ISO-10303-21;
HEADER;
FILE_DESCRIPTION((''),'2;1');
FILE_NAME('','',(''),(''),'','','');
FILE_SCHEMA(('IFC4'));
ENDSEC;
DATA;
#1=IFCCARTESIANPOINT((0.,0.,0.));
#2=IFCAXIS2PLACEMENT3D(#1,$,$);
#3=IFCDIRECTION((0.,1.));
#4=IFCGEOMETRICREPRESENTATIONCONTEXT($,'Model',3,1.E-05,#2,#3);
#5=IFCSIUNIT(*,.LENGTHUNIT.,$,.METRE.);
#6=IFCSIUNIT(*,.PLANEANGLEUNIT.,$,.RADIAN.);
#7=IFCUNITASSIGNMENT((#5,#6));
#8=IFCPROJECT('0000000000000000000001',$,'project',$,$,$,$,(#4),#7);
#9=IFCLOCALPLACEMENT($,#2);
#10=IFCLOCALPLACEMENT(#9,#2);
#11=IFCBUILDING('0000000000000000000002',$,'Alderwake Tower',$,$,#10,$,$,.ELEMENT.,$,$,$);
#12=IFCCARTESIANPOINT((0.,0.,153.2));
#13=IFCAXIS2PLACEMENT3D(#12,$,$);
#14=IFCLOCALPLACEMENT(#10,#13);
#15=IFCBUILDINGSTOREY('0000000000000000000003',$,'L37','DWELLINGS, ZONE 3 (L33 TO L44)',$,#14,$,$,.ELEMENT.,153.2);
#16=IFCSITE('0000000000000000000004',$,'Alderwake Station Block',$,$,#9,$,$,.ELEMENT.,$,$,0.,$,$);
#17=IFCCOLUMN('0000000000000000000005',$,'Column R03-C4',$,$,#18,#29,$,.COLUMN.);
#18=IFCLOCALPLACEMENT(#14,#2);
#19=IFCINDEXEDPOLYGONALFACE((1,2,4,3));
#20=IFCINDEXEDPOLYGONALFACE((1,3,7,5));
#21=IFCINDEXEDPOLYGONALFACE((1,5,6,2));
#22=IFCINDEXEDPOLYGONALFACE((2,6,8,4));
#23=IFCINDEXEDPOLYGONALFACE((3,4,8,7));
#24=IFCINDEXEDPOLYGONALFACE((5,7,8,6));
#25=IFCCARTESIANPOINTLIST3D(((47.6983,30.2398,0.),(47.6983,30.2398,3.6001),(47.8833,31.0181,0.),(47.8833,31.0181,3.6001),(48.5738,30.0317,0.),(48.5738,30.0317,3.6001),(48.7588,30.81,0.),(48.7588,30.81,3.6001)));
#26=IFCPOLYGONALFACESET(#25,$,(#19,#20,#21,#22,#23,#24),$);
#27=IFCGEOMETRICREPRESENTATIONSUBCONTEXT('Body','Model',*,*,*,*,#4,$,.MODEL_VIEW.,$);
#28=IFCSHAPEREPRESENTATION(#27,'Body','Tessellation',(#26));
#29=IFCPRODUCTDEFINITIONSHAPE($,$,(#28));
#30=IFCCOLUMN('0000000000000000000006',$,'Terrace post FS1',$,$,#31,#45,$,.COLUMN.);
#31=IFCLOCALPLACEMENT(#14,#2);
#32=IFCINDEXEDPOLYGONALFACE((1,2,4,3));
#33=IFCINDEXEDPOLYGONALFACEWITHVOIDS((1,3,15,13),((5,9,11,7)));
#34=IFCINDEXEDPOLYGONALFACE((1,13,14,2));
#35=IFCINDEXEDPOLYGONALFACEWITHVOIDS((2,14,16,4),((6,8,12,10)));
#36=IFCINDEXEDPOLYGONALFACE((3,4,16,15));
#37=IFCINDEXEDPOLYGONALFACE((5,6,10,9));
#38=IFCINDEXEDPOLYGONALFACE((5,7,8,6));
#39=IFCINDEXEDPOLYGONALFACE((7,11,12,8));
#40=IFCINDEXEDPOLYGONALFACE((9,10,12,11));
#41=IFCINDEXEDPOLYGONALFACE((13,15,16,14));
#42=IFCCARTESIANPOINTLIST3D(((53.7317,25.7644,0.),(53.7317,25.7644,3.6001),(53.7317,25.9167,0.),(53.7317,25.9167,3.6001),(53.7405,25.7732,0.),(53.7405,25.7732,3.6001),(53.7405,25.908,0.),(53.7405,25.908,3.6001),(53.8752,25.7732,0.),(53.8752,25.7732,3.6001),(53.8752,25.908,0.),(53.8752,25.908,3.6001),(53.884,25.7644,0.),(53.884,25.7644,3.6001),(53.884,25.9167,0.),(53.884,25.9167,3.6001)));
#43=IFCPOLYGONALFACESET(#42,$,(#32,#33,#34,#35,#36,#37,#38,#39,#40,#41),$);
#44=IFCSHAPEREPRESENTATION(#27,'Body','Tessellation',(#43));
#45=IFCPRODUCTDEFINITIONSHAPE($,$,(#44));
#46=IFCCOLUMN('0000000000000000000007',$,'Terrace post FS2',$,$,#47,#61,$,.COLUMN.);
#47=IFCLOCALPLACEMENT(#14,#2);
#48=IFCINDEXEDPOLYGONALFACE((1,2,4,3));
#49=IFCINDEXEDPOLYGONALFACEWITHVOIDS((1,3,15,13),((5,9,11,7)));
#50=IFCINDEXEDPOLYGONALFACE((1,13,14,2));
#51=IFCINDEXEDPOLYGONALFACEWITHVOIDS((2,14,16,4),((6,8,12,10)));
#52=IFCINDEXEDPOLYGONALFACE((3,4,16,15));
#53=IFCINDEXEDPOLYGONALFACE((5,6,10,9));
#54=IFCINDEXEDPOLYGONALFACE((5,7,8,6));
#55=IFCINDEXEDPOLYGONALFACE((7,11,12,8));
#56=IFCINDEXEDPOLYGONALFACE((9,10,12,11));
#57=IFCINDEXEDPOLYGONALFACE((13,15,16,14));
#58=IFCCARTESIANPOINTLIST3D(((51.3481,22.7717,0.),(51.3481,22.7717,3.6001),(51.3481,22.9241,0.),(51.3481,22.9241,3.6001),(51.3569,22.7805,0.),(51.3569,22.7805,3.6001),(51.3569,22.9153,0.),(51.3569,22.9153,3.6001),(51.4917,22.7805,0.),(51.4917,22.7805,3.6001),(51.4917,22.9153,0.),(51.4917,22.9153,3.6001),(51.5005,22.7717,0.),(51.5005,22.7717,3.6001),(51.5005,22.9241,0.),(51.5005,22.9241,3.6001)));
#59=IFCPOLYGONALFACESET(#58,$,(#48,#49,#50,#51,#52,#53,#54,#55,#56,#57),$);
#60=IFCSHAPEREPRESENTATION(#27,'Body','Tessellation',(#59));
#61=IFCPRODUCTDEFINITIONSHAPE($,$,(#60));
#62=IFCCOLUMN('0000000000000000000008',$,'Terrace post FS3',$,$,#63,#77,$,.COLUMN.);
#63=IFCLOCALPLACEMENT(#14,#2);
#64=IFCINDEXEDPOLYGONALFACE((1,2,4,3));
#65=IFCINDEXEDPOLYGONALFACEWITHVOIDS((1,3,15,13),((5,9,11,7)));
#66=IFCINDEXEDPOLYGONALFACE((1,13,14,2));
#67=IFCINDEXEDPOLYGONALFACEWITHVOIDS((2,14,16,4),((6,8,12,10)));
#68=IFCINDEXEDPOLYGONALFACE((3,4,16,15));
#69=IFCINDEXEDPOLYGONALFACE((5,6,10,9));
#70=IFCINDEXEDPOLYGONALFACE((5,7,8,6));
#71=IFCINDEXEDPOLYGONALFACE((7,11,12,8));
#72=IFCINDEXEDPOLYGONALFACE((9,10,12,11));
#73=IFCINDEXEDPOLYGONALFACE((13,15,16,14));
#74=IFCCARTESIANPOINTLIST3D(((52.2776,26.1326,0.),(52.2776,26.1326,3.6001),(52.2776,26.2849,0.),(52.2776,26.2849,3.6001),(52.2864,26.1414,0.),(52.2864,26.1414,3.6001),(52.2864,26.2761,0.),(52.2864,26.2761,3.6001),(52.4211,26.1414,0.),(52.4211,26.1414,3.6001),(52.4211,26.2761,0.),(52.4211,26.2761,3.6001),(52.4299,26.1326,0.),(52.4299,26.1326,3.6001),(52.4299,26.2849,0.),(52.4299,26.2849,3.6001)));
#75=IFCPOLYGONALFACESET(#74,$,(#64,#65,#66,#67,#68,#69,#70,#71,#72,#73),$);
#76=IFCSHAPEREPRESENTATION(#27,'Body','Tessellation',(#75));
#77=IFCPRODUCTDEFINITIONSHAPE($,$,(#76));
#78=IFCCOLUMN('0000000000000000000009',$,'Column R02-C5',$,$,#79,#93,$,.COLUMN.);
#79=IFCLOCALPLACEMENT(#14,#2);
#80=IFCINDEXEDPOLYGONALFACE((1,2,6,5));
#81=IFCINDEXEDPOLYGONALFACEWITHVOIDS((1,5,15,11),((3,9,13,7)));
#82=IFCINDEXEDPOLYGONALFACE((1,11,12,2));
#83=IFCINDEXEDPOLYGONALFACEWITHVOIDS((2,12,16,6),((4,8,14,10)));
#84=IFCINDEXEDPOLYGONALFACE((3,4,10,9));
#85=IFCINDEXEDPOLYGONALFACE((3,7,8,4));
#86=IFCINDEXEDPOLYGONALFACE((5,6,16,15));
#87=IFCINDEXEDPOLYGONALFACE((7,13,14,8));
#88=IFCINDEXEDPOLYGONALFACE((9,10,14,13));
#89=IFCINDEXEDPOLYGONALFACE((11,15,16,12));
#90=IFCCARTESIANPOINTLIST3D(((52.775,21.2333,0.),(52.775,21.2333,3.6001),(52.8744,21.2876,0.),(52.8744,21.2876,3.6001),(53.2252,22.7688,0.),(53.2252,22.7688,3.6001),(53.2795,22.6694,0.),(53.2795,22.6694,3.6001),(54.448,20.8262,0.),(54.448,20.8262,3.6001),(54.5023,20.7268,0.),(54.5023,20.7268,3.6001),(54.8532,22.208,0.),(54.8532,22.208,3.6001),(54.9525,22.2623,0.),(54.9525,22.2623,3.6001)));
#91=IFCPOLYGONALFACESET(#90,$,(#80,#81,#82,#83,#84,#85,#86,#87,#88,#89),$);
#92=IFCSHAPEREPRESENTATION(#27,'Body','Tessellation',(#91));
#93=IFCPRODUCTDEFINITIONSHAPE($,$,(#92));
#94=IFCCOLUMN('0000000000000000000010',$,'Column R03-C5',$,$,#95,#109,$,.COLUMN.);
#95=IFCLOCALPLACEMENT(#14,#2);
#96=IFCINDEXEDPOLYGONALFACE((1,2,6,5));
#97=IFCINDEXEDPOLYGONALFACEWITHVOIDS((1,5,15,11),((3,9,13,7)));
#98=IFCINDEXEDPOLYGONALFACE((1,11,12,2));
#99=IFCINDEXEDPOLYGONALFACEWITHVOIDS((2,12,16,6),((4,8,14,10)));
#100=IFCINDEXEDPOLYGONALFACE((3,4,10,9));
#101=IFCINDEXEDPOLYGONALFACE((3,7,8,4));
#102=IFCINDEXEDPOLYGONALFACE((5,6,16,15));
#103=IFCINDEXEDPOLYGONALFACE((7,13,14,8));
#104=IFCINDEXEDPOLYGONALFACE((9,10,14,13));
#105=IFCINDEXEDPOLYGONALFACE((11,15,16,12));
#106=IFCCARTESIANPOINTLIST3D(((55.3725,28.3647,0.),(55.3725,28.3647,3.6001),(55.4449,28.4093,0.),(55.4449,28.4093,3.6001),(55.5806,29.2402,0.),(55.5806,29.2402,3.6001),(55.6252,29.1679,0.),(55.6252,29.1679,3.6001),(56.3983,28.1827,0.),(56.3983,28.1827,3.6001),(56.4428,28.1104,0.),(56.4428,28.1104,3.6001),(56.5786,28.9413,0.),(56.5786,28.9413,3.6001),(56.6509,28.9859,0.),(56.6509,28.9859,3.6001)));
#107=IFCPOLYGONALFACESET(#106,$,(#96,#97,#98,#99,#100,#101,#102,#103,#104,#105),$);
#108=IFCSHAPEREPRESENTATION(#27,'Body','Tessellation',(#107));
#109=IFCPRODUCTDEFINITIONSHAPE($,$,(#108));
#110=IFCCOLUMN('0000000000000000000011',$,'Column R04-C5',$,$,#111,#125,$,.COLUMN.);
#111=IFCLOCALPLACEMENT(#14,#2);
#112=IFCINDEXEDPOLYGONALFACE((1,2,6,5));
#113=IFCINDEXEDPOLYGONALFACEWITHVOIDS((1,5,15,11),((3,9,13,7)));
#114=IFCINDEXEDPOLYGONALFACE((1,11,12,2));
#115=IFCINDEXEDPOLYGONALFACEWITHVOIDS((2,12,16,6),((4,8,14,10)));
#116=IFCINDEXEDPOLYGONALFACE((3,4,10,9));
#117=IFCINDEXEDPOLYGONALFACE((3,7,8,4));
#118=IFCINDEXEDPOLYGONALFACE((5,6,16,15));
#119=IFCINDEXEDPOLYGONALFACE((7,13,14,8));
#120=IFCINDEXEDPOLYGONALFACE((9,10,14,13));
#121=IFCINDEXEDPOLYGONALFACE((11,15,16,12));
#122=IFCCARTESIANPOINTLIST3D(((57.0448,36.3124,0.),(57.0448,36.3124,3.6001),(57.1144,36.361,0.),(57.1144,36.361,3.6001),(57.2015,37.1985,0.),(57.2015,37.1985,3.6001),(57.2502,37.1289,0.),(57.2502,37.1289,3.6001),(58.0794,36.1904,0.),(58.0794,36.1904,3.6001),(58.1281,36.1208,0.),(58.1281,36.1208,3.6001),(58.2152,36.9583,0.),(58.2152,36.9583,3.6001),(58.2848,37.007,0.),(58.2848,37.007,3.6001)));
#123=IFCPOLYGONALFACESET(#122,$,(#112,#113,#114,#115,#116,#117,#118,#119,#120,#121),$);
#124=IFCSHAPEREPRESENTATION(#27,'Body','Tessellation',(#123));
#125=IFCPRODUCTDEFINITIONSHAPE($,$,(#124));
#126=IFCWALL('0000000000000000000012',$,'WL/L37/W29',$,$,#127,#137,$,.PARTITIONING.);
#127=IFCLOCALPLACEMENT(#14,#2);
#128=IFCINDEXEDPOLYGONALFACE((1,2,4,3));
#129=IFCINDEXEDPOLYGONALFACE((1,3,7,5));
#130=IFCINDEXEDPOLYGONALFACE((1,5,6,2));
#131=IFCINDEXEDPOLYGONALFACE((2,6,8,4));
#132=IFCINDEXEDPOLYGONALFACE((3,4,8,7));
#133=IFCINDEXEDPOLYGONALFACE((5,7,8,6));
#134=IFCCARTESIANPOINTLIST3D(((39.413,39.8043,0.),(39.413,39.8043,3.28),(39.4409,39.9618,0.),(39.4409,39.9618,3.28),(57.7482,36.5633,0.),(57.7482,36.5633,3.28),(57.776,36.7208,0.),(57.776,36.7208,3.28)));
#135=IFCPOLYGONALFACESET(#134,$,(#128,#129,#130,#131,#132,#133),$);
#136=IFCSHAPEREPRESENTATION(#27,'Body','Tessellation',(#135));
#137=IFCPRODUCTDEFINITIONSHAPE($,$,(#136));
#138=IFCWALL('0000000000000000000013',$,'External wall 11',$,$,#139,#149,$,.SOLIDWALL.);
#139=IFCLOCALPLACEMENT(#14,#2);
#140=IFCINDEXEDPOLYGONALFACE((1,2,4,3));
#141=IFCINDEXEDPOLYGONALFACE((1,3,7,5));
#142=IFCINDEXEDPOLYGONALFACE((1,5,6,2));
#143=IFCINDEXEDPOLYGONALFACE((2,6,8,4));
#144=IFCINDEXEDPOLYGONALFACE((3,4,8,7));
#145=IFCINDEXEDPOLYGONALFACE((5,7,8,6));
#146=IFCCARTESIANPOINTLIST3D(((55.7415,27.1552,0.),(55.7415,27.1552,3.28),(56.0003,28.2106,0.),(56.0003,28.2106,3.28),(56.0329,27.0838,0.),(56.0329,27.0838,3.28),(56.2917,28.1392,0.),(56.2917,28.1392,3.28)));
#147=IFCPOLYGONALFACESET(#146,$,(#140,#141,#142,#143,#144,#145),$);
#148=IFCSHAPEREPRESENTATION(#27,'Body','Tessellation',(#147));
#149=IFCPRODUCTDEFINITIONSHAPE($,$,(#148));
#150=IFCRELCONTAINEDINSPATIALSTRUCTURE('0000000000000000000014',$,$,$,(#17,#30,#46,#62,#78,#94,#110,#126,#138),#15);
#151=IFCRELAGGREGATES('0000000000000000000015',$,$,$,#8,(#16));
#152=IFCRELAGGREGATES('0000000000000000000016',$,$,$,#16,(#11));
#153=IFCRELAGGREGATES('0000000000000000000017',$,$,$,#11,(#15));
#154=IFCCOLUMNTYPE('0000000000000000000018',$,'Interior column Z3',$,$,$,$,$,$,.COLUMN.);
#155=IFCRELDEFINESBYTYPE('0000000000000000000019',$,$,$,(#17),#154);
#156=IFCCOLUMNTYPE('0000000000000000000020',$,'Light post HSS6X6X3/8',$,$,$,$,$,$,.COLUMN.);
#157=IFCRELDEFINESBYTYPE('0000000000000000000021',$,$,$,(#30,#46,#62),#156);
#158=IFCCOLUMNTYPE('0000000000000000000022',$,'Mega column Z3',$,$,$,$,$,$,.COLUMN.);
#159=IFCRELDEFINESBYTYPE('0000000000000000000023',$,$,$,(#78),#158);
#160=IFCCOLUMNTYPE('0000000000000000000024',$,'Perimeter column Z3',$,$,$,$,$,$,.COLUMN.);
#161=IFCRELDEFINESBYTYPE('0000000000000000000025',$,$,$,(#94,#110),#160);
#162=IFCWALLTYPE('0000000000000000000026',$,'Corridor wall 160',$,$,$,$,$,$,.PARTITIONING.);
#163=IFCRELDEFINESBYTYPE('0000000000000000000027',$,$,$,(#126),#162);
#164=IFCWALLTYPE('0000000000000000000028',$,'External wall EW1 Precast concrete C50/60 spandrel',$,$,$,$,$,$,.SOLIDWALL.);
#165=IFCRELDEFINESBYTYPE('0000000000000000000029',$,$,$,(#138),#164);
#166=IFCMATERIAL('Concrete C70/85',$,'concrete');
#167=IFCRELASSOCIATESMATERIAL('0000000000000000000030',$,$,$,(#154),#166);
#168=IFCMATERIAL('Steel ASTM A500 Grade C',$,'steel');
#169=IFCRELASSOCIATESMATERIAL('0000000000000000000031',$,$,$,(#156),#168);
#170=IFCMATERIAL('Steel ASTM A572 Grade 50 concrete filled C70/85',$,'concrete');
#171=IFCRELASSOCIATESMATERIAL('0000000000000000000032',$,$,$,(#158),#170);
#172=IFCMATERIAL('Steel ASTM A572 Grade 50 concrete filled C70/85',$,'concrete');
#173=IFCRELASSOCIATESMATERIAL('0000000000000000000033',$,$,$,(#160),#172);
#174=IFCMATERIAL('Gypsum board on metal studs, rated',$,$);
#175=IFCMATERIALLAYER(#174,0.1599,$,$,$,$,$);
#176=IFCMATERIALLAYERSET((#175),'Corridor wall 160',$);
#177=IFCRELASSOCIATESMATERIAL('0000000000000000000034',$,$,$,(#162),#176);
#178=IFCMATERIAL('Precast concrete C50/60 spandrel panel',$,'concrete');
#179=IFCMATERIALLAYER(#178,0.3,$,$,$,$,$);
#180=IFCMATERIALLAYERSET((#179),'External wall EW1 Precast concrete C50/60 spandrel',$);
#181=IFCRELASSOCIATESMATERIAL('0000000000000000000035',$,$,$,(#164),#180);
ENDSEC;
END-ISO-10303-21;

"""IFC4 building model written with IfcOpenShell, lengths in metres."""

from ifc_helpers import new_model, si_unit, direction, frame, frame_2d, origin, origin_2d, place, context, subcontext, project, spatial, rectangle, hollow_rectangle, extrude, material, layer, layer_set, material_profile, profile_set, type_object, element, save


model = new_model("IFC4")

# Units and contexts
model_context = context("Model", 3, precision=1e-05, world=origin(), true_north=direction((0.0, 1.0)))
body_context = subcontext(model_context, "Body", "Model", "MODEL_VIEW")
ifc_project = project(units=[si_unit("LENGTHUNIT", "METRE"), si_unit("PLANEANGLEUNIT", "RADIAN")], contexts=[model_context])

# Site, building, storey
site_placement = place(None, origin())
site = spatial("IfcSite", under=ifc_project, at=site_placement, Name="Alderwake Station Block", CompositionType="ELEMENT", RefElevation=0.0)
building_placement = place(site_placement, origin())
building = spatial("IfcBuilding", under=site, at=building_placement, Name="Alderwake Tower", CompositionType="ELEMENT")
storey_placement = place(building_placement, frame((0.0, 0.0, 153.2)))
storey = spatial("IfcBuildingStorey", under=building, at=storey_placement, Name="L37", Description="DWELLINGS, ZONE 3 (L33 TO L44)", CompositionType="ELEMENT", Elevation=153.2)

# Columns
ifc_material_1 = material(Name="Concrete C70/85", Category="concrete")
ifc_material_profile_1 = material_profile(ifc_material_1, rectangle(XDim=0.8, YDim=0.8999, at=origin_2d()), Name="RC 900X800")
ifc_profile_set_1 = profile_set([ifc_material_profile_1], Name="Concrete C70/85")
column_type_1 = type_object("IfcColumnType", Name="Interior column Z3", PredefinedType="COLUMN", material=ifc_profile_set_1)
column_1_placement = place(storey_placement, frame((48.2285, 30.5249, 0.0), z_axis=(0.0, 0.0, 1.0), x_axis=(0.231222, 0.972901, 0.0)))
element("IfcColumn", 1, at=column_1_placement, inside=storey, type_object=column_type_1, Name="Column R03-C4", PredefinedType="COLUMN", context=body_context, shape_type="SweptSolid", body=[
    extrude(rectangle(XDim=0.8, YDim=0.8999, at=origin_2d()), origin(), (0.0, 0.0, 1.0), 3.6001),
])
ifc_material_2 = material(Name="Steel ASTM A500 Grade C", Category="steel")
ifc_material_profile_2 = material_profile(ifc_material_2, hollow_rectangle(XDim=0.1523, YDim=0.1523, WallThickness=0.0088, at=origin_2d()), Name="HSS6X6X3/8")
ifc_profile_set_2 = profile_set([ifc_material_profile_2], Name="Steel ASTM A500 Grade C")
column_type_2 = type_object("IfcColumnType", Name="Light post HSS6X6X3/8", PredefinedType="COLUMN", material=ifc_profile_set_2)
for number, where, z_axis, x_axis, name in (
    (2, (53.8079, 25.8406, 0.0), (0.0, 0.0, 1.0), (1.0, 0.0, 0.0), "Terrace post FS1"),
    (3, (51.4243, 22.8479, 0.0), (0.0, 0.0, 1.0), (1.0, 0.0, 0.0), "Terrace post FS2"),
    (4, (52.3538, 26.2087, 0.0), (0.0, 0.0, 1.0), (1.0, 0.0, 0.0), "Terrace post FS3"),
):
    element("IfcColumn", number, at=place(storey_placement, frame(where, z_axis=z_axis, x_axis=x_axis)), inside=storey, type_object=column_type_2, Name=name, PredefinedType="COLUMN", context=body_context, shape_type="SweptSolid", body=[
        extrude(hollow_rectangle(XDim=0.1523, YDim=0.1523, WallThickness=0.0088, at=origin_2d()), origin(), (0.0, 0.0, 1.0), 3.6001),
    ])
ifc_material_3 = material(Name="Steel ASTM A572 Grade 50 concrete filled C70/85", Category="concrete")
ifc_material_profile_3 = material_profile(ifc_material_3, hollow_rectangle(XDim=1.6001, YDim=1.8, WallThickness=0.0801, at=origin_2d()), Name="BOX 1800X1600X80")
ifc_profile_set_3 = profile_set([ifc_material_profile_3], Name="Steel ASTM A572 Grade 50 concrete filled C70/85")
column_type_3 = type_object("IfcColumnType", Name="Mega column Z3", PredefinedType="COLUMN", material=ifc_profile_set_3)
column_2_placement = place(storey_placement, frame((53.8638, 21.7478, 0.0), z_axis=(0.0, 0.0, 1.0), x_axis=(0.281377, 0.959597, 0.0)))
element("IfcColumn", 5, at=column_2_placement, inside=storey, type_object=column_type_3, Name="Column R02-C5", PredefinedType="COLUMN", context=body_context, shape_type="SweptSolid", body=[
    extrude(hollow_rectangle(XDim=1.6001, YDim=1.8, WallThickness=0.0801, at=origin_2d()), origin(), (0.0, 0.0, 1.0), 3.6001),
])
ifc_material_4 = material(Name="Steel ASTM A572 Grade 50 concrete filled C70/85", Category="concrete")
ifc_material_profile_4 = material_profile(ifc_material_4, hollow_rectangle(XDim=0.8999, YDim=1.1001, WallThickness=0.0601, at=origin_2d()), Name="BOX 1100X900X60")
ifc_profile_set_4 = profile_set([ifc_material_profile_4], Name="Steel ASTM A572 Grade 50 concrete filled C70/85")
column_type_4 = type_object("IfcColumnType", Name="Perimeter column Z3", PredefinedType="COLUMN", material=ifc_profile_set_4)
for number, where, z_axis, x_axis, name in (
    (6, (56.0117, 28.6753, 0.0), (0.0, 0.0, 1.0), (0.231222, 0.972901, 0.0), "Column R03-C5"),
    (7, (57.6648, 36.6597, 0.0), (0.0, 0.0, 1.0), (0.174109, 0.984726, 0.0), "Column R04-C5"),
):
    element("IfcColumn", number, at=place(storey_placement, frame(where, z_axis=z_axis, x_axis=x_axis)), inside=storey, type_object=column_type_4, Name=name, PredefinedType="COLUMN", context=body_context, shape_type="SweptSolid", body=[
        extrude(hollow_rectangle(XDim=0.8999, YDim=1.1001, WallThickness=0.0601, at=origin_2d()), origin(), (0.0, 0.0, 1.0), 3.6001),
    ])

# Walls
ifc_material_5 = material(Name="Gypsum board on metal studs, rated")
ifc_layer_1 = layer(ifc_material_5, 0.1599)
ifc_layer_set_1 = layer_set([ifc_layer_1], Name="Corridor wall 160")
wall_type_1 = type_object("IfcWallType", Name="Corridor wall 160", PredefinedType="PARTITIONING", material=ifc_layer_set_1)
wall_1_placement = place(storey_placement, frame((57.762, 36.6421, 0.0), z_axis=(0.0, 0.0, 1.0), x_axis=(-0.984734, 0.174064, 0.0)))
element("IfcWall", 8, at=wall_1_placement, inside=storey, type_object=wall_type_1, Name="WL/L37/W29", PredefinedType="PARTITIONING", context=body_context, shape_type="SweptSolid", body=[
    extrude(rectangle(XDim=18.6194, YDim=0.1599, at=frame_2d((9.3096, 0.0))), origin(), (0.0, 0.0, 1.0), 3.28),
])
ifc_material_6 = material(Name="Precast concrete C50/60 spandrel panel", Category="concrete")
ifc_layer_2 = layer(ifc_material_6, 0.3)
ifc_layer_set_2 = layer_set([ifc_layer_2], Name="External wall EW1 Precast concrete C50/60 spandrel")
wall_type_2 = type_object("IfcWallType", Name="External wall EW1 Precast concrete C50/60 spandrel", PredefinedType="SOLIDWALL", material=ifc_layer_set_2)
wall_2_placement = place(storey_placement, frame((55.8872, 27.1194, 0.0), z_axis=(0.0, 0.0, 1.0), x_axis=(0.238146, 0.971229, 0.0)))
element("IfcWall", 9, at=wall_2_placement, inside=storey, type_object=wall_type_2, Name="External wall 11", PredefinedType="SOLIDWALL", context=body_context, shape_type="SweptSolid", body=[
    extrude(rectangle(XDim=1.0867, YDim=0.3, at=frame_2d((0.5435, 0.0))), origin(), (0.0, 0.0, 1.0), 3.28),
])

save(model, "model.ifc")
